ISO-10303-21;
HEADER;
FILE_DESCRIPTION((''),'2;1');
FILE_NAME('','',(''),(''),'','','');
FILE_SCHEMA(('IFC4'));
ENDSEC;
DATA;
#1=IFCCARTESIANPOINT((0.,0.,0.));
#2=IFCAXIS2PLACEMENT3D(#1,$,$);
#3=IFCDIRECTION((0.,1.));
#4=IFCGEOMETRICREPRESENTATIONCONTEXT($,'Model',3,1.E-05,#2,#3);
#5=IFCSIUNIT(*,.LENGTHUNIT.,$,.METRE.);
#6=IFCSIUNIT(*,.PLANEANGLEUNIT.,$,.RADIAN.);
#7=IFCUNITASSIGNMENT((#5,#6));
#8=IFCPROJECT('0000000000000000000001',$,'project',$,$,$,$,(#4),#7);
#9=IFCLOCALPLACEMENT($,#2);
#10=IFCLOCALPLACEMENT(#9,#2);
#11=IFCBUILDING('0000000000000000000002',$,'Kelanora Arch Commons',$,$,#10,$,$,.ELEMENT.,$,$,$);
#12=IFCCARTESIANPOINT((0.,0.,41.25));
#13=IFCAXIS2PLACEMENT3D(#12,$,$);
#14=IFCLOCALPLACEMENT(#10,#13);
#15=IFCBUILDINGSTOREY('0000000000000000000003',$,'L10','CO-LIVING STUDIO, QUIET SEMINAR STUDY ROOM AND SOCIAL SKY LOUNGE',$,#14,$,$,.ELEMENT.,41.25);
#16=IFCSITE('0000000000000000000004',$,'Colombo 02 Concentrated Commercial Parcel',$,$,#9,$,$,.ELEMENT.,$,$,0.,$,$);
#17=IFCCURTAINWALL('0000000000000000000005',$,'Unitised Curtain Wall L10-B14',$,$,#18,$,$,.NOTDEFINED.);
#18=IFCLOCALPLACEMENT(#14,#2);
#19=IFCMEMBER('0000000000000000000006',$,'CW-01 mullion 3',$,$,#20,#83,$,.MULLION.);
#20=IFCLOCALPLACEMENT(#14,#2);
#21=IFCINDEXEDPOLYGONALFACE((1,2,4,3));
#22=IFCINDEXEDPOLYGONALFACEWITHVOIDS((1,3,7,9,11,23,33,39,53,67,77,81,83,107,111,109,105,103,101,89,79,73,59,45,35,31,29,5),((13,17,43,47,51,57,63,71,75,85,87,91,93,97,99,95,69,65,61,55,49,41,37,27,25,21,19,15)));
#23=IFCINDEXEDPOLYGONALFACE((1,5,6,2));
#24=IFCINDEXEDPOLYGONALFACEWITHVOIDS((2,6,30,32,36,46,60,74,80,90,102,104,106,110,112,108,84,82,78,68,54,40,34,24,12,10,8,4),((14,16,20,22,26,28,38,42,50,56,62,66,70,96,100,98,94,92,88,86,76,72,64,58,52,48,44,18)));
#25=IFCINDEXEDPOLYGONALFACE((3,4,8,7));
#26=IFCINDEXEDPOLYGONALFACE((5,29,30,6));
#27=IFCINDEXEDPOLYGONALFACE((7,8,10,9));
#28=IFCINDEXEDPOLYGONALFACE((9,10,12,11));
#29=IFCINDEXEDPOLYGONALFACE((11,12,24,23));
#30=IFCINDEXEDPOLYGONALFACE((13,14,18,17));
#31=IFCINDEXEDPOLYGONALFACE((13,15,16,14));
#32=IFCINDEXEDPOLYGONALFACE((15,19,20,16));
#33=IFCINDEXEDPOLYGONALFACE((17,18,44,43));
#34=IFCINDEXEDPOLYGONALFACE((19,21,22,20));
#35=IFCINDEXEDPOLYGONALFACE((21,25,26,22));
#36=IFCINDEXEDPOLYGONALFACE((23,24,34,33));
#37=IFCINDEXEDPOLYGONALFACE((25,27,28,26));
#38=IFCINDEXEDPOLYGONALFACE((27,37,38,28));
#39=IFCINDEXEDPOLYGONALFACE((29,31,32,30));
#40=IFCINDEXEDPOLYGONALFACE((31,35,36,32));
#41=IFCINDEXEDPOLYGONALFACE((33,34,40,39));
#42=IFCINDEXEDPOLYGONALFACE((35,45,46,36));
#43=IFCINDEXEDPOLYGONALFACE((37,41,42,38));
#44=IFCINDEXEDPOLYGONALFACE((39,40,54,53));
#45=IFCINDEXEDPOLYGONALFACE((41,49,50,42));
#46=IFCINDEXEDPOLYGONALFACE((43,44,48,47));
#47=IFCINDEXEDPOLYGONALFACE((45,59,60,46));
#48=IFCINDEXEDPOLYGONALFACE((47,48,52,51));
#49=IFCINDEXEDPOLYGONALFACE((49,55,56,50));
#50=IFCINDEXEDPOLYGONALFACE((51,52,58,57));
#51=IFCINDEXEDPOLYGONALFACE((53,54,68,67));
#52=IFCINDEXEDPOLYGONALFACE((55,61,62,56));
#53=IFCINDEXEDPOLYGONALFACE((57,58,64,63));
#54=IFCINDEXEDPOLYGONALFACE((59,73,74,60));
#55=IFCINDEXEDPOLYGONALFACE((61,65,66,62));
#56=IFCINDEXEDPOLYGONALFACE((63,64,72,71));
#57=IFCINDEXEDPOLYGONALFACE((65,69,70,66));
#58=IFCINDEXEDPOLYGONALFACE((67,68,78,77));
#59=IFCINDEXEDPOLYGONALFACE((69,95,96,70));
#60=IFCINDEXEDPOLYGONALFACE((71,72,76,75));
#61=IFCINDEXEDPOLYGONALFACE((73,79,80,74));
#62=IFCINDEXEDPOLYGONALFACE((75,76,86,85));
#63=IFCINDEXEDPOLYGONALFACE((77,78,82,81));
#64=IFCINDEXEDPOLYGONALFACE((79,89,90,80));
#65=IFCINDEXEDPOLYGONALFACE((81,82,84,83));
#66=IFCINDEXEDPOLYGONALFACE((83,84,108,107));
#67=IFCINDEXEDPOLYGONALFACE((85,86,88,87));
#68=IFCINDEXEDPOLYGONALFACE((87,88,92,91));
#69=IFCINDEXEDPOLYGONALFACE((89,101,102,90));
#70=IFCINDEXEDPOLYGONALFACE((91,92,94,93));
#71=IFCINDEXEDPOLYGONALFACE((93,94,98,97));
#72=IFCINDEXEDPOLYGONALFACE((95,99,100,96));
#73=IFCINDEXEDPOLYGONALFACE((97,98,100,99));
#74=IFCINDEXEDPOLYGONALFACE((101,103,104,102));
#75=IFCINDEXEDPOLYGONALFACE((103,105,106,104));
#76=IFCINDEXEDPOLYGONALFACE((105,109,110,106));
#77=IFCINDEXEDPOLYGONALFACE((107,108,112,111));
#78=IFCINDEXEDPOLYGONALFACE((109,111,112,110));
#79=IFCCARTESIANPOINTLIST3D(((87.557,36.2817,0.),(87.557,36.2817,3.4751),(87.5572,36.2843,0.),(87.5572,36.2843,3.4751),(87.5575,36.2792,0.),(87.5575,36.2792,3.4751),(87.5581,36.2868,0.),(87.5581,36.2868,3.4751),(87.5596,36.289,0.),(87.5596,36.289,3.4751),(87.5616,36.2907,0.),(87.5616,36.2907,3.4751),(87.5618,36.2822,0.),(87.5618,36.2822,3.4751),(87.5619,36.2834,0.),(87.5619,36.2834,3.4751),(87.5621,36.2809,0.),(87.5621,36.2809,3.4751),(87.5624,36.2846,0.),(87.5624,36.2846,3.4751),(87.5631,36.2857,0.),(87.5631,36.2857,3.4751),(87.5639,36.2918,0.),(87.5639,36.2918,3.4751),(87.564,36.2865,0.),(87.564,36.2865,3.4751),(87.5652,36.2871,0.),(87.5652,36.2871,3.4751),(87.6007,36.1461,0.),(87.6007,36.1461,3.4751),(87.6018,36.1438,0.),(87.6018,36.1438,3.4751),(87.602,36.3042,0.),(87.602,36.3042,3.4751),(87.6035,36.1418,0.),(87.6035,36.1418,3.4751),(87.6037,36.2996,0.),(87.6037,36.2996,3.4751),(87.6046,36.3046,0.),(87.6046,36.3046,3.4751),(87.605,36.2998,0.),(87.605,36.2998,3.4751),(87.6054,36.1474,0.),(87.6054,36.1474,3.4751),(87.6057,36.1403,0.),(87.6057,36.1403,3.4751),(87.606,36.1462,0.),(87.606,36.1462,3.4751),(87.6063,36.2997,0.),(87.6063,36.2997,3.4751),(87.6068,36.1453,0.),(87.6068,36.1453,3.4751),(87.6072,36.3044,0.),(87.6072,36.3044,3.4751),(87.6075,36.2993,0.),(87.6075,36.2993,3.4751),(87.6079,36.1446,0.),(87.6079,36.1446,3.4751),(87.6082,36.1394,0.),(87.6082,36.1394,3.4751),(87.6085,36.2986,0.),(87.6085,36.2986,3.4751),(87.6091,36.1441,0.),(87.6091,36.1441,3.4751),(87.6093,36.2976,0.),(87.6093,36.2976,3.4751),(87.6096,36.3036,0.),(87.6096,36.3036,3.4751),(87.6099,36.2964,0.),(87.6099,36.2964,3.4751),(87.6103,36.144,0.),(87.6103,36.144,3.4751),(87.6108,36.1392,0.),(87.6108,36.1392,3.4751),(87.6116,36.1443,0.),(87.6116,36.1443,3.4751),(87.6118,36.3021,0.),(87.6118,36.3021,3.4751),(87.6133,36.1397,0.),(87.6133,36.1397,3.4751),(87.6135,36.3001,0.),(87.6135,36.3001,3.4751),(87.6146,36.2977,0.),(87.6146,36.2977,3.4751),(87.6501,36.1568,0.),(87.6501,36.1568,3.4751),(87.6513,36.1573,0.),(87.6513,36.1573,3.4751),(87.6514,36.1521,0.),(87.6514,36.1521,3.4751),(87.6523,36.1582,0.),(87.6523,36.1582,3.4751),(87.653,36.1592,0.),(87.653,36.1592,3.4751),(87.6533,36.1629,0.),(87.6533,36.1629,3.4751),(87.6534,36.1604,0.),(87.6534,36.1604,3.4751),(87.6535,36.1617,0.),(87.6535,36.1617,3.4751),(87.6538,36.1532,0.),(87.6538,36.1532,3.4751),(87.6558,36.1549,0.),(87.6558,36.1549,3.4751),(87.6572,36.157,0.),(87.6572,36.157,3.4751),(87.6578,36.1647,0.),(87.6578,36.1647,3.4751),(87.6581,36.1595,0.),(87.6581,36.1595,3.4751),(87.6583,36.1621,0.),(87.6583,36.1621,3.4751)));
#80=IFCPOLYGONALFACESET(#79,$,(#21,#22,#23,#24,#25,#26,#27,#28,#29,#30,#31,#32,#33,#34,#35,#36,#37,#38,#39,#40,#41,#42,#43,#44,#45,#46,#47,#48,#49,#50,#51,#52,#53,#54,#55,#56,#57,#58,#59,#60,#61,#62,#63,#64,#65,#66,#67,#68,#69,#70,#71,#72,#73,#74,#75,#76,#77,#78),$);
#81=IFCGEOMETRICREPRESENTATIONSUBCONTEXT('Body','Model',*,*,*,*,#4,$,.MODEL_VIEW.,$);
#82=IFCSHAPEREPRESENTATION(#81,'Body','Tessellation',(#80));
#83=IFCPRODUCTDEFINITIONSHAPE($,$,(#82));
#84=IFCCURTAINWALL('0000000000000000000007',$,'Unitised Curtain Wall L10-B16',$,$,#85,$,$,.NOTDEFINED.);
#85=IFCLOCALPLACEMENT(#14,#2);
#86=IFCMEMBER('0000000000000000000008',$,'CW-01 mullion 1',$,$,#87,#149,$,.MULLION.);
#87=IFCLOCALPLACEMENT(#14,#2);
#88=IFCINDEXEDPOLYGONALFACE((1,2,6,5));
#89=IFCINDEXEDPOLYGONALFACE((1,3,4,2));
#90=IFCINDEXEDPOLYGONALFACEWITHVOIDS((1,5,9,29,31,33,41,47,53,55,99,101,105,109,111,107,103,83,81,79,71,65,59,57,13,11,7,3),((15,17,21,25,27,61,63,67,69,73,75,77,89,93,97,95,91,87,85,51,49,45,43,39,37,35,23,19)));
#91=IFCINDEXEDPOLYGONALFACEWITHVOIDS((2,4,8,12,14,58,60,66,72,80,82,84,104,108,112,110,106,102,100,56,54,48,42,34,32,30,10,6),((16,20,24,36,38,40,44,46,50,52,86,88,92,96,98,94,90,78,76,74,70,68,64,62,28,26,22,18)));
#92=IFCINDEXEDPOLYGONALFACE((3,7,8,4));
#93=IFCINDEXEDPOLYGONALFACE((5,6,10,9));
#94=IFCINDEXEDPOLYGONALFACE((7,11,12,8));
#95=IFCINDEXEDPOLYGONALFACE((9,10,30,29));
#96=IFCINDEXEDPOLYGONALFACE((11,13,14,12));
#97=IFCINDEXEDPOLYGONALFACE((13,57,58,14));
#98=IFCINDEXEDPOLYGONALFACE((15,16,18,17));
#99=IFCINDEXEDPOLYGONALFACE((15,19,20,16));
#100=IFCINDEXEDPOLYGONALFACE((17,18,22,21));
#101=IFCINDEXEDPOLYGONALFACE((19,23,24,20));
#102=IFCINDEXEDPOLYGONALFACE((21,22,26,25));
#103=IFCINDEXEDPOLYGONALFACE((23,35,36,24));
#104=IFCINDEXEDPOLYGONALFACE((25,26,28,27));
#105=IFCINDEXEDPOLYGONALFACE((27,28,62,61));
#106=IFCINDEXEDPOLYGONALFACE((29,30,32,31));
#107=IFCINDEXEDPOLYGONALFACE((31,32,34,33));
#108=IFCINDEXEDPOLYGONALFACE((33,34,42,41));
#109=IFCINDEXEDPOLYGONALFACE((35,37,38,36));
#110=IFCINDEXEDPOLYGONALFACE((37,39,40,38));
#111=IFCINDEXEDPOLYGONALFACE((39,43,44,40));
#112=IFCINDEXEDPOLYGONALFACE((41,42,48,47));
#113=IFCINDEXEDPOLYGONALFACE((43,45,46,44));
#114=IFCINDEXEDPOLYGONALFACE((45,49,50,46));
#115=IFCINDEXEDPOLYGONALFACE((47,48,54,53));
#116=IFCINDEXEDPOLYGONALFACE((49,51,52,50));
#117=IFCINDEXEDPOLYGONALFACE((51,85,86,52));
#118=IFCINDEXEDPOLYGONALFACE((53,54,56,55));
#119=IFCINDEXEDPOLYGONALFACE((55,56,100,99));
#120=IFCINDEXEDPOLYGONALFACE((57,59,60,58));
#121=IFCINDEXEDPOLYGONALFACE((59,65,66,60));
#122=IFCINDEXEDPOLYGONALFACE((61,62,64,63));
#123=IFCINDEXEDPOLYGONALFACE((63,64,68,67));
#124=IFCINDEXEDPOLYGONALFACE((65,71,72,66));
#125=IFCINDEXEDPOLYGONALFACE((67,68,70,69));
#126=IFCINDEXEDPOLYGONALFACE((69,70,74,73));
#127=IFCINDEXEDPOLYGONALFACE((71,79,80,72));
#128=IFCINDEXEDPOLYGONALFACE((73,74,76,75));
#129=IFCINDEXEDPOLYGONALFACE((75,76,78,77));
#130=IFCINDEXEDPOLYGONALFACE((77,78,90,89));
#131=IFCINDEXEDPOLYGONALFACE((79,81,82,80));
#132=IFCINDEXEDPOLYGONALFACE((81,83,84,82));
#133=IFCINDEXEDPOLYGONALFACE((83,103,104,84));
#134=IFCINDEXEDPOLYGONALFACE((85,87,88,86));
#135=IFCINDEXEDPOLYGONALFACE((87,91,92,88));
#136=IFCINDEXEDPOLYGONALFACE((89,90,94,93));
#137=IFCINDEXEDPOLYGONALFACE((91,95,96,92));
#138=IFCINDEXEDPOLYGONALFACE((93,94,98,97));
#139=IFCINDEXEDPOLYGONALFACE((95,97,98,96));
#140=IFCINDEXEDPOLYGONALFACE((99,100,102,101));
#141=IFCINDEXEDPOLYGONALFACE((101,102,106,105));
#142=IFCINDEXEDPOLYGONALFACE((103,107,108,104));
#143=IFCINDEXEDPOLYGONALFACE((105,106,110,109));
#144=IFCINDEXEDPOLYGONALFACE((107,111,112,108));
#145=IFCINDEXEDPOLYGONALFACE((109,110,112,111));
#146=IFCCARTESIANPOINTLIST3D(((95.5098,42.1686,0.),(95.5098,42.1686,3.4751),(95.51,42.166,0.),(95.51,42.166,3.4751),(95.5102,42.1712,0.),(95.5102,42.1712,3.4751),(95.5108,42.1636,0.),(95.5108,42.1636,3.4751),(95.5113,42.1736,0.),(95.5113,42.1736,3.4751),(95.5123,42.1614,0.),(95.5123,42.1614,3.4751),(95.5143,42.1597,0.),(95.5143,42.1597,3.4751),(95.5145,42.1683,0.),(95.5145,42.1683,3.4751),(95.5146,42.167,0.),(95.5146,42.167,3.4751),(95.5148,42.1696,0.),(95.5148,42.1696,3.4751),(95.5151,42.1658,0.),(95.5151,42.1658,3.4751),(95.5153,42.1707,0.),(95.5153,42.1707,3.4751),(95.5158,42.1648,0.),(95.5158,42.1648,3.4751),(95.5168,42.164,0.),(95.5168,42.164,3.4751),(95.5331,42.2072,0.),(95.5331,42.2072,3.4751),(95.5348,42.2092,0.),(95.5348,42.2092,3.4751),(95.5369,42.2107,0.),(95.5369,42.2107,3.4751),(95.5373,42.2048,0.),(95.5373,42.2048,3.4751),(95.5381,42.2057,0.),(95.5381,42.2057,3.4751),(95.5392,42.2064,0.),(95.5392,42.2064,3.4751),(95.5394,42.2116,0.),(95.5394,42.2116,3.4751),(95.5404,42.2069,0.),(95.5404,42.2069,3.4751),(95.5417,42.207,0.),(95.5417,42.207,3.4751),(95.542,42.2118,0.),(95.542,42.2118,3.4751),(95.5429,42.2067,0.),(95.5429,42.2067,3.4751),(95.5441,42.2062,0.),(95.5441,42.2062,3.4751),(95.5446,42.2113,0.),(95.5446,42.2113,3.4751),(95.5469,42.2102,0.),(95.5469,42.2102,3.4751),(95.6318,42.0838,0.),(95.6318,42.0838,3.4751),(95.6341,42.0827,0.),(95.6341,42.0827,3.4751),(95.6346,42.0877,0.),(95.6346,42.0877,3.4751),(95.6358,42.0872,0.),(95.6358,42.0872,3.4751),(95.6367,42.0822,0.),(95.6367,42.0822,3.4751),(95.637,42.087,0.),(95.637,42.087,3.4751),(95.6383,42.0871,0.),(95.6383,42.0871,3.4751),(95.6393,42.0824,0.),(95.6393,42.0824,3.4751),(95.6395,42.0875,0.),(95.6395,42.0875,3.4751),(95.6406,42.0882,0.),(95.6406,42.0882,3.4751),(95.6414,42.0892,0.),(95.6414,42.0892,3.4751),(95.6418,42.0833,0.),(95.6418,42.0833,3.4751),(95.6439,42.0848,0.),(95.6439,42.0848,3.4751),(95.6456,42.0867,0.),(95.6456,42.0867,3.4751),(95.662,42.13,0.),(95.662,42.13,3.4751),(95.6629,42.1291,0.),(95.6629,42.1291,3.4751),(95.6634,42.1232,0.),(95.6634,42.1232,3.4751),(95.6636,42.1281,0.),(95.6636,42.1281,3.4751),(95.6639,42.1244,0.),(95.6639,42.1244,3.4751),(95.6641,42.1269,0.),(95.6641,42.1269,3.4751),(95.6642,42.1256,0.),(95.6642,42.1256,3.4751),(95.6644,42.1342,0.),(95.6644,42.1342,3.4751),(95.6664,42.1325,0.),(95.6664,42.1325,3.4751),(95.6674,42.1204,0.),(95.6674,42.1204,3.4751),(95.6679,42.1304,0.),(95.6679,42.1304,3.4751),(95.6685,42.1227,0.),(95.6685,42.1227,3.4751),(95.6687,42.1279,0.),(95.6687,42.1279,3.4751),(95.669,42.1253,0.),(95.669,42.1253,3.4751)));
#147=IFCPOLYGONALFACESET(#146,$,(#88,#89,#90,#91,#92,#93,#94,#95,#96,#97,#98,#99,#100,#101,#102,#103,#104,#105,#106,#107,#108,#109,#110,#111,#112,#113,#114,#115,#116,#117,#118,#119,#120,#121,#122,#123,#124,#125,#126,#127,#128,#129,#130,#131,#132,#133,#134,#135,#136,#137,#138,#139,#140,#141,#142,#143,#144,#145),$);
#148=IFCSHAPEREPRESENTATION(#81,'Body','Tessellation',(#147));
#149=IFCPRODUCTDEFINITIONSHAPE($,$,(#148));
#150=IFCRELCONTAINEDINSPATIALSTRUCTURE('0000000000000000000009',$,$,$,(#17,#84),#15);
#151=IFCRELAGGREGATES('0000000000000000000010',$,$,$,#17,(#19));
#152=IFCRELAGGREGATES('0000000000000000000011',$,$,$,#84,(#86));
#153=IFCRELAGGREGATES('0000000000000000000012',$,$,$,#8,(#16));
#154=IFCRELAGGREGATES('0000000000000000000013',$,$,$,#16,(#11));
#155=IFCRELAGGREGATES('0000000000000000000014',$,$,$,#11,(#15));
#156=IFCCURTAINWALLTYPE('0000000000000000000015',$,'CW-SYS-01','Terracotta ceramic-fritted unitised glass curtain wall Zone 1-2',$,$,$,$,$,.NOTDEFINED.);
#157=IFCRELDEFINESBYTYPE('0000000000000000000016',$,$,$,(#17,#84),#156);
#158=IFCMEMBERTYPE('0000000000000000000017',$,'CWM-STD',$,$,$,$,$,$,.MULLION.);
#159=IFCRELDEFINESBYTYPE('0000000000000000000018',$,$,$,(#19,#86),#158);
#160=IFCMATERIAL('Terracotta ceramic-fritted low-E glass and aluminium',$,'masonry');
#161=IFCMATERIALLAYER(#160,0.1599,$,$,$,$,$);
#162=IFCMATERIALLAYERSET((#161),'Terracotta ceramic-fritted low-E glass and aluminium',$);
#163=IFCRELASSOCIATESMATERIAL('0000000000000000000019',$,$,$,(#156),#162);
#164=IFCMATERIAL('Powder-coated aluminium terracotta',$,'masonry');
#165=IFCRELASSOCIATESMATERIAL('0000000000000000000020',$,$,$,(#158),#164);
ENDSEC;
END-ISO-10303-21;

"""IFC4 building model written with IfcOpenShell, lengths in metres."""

from ifc_helpers import new_model, si_unit, direction, frame, origin, origin_2d, place, context, subcontext, project, spatial, hollow_rectangle, extrude, material, layer, layer_set, material_profile, profile_set, type_object, element, aggregate, save


model = new_model("IFC4")

# Units and contexts
model_context = context("Model", 3, precision=1e-05, world=origin(), true_north=direction((0.0, 1.0)))
body_context = subcontext(model_context, "Body", "Model", "MODEL_VIEW")
ifc_project = project(units=[si_unit("LENGTHUNIT", "METRE"), si_unit("PLANEANGLEUNIT", "RADIAN")], contexts=[model_context])

# Site, building, storey
site_placement = place(None, origin())
site = spatial("IfcSite", under=ifc_project, at=site_placement, Name="Colombo 02 Concentrated Commercial Parcel", CompositionType="ELEMENT", RefElevation=0.0)
building_placement = place(site_placement, origin())
building = spatial("IfcBuilding", under=site, at=building_placement, Name="Kelanora Arch Commons", CompositionType="ELEMENT")
storey_placement = place(building_placement, frame((0.0, 0.0, 41.25)))
storey = spatial("IfcBuildingStorey", under=building, at=storey_placement, Name="L10", Description="CO-LIVING STUDIO, QUIET SEMINAR STUDY ROOM AND SOCIAL SKY LOUNGE", CompositionType="ELEMENT", Elevation=41.25)

# Curtain wall, member
ifc_material_1 = material(Name="Terracotta ceramic-fritted low-E glass and aluminium", Category="masonry")
ifc_layer_1 = layer(ifc_material_1, 0.1599)
ifc_layer_set_1 = layer_set([ifc_layer_1], Name="Terracotta ceramic-fritted low-E glass and aluminium")
curtain_wall_type = type_object("IfcCurtainWallType", Name="CW-SYS-01", Description="Terracotta ceramic-fritted unitised glass curtain wall Zone 1-2", PredefinedType="NOTDEFINED", material=ifc_layer_set_1)
curtain_wall_1_placement = place(storey_placement, origin())
curtain_wall_1 = element("IfcCurtainWall", 1, at=curtain_wall_1_placement, inside=storey, type_object=curtain_wall_type, Name="Unitised Curtain Wall L10-B14", PredefinedType="NOTDEFINED")
ifc_material_2 = material(Name="Powder-coated aluminium terracotta", Category="masonry")
ifc_material_profile_1 = material_profile(ifc_material_2, hollow_rectangle(XDim=0.1599, YDim=0.0601, WallThickness=0.0049, InnerFilletRadius=0.0049, OuterFilletRadius=0.01, at=origin_2d()), Name="CWM160x60")
ifc_profile_set_1 = profile_set([ifc_material_profile_1], Name="Powder-coated aluminium terracotta")
member_type_1 = type_object("IfcMemberType", Name="CWM-STD", PredefinedType="MULLION", material=ifc_profile_set_1)
member_1_placement = place(storey_placement, frame((87.6077, 36.2219, 0.0), z_axis=(0.0, 0.0, 1.0), x_axis=(-0.309058, 0.951043, 0.0)))
member_1 = element("IfcMember", 2, at=member_1_placement, type_object=member_type_1, Name="CW-01 mullion 3", PredefinedType="MULLION", context=body_context, shape_type="SweptSolid", body=[
    extrude(hollow_rectangle(XDim=0.1599, YDim=0.0601, WallThickness=0.0049, InnerFilletRadius=0.0049, OuterFilletRadius=0.01, at=origin_2d()), origin(), (0.0, 0.0, 1.0), 3.4751),
])
aggregate(curtain_wall_1, [member_1])

# Curtain wall, member
curtain_wall_2_placement = place(storey_placement, origin())
curtain_wall_2 = element("IfcCurtainWall", 3, at=curtain_wall_2_placement, inside=storey, type_object=curtain_wall_type, Name="Unitised Curtain Wall L10-B16", PredefinedType="NOTDEFINED")
member_2_placement = place(storey_placement, frame((95.5894, 42.147, 0.0), z_axis=(0.0, 0.0, 1.0), x_axis=(-0.83973, 0.543004, 0.0)))
member_2 = element("IfcMember", 4, at=member_2_placement, type_object=member_type_1, Name="CW-01 mullion 1", PredefinedType="MULLION", context=body_context, shape_type="SweptSolid", body=[
    extrude(hollow_rectangle(XDim=0.1599, YDim=0.0601, WallThickness=0.0049, InnerFilletRadius=0.0049, OuterFilletRadius=0.01, at=origin_2d()), origin(), (0.0, 0.0, 1.0), 3.4751),
])
aggregate(curtain_wall_2, [member_2])

save(model, "model.ifc")
